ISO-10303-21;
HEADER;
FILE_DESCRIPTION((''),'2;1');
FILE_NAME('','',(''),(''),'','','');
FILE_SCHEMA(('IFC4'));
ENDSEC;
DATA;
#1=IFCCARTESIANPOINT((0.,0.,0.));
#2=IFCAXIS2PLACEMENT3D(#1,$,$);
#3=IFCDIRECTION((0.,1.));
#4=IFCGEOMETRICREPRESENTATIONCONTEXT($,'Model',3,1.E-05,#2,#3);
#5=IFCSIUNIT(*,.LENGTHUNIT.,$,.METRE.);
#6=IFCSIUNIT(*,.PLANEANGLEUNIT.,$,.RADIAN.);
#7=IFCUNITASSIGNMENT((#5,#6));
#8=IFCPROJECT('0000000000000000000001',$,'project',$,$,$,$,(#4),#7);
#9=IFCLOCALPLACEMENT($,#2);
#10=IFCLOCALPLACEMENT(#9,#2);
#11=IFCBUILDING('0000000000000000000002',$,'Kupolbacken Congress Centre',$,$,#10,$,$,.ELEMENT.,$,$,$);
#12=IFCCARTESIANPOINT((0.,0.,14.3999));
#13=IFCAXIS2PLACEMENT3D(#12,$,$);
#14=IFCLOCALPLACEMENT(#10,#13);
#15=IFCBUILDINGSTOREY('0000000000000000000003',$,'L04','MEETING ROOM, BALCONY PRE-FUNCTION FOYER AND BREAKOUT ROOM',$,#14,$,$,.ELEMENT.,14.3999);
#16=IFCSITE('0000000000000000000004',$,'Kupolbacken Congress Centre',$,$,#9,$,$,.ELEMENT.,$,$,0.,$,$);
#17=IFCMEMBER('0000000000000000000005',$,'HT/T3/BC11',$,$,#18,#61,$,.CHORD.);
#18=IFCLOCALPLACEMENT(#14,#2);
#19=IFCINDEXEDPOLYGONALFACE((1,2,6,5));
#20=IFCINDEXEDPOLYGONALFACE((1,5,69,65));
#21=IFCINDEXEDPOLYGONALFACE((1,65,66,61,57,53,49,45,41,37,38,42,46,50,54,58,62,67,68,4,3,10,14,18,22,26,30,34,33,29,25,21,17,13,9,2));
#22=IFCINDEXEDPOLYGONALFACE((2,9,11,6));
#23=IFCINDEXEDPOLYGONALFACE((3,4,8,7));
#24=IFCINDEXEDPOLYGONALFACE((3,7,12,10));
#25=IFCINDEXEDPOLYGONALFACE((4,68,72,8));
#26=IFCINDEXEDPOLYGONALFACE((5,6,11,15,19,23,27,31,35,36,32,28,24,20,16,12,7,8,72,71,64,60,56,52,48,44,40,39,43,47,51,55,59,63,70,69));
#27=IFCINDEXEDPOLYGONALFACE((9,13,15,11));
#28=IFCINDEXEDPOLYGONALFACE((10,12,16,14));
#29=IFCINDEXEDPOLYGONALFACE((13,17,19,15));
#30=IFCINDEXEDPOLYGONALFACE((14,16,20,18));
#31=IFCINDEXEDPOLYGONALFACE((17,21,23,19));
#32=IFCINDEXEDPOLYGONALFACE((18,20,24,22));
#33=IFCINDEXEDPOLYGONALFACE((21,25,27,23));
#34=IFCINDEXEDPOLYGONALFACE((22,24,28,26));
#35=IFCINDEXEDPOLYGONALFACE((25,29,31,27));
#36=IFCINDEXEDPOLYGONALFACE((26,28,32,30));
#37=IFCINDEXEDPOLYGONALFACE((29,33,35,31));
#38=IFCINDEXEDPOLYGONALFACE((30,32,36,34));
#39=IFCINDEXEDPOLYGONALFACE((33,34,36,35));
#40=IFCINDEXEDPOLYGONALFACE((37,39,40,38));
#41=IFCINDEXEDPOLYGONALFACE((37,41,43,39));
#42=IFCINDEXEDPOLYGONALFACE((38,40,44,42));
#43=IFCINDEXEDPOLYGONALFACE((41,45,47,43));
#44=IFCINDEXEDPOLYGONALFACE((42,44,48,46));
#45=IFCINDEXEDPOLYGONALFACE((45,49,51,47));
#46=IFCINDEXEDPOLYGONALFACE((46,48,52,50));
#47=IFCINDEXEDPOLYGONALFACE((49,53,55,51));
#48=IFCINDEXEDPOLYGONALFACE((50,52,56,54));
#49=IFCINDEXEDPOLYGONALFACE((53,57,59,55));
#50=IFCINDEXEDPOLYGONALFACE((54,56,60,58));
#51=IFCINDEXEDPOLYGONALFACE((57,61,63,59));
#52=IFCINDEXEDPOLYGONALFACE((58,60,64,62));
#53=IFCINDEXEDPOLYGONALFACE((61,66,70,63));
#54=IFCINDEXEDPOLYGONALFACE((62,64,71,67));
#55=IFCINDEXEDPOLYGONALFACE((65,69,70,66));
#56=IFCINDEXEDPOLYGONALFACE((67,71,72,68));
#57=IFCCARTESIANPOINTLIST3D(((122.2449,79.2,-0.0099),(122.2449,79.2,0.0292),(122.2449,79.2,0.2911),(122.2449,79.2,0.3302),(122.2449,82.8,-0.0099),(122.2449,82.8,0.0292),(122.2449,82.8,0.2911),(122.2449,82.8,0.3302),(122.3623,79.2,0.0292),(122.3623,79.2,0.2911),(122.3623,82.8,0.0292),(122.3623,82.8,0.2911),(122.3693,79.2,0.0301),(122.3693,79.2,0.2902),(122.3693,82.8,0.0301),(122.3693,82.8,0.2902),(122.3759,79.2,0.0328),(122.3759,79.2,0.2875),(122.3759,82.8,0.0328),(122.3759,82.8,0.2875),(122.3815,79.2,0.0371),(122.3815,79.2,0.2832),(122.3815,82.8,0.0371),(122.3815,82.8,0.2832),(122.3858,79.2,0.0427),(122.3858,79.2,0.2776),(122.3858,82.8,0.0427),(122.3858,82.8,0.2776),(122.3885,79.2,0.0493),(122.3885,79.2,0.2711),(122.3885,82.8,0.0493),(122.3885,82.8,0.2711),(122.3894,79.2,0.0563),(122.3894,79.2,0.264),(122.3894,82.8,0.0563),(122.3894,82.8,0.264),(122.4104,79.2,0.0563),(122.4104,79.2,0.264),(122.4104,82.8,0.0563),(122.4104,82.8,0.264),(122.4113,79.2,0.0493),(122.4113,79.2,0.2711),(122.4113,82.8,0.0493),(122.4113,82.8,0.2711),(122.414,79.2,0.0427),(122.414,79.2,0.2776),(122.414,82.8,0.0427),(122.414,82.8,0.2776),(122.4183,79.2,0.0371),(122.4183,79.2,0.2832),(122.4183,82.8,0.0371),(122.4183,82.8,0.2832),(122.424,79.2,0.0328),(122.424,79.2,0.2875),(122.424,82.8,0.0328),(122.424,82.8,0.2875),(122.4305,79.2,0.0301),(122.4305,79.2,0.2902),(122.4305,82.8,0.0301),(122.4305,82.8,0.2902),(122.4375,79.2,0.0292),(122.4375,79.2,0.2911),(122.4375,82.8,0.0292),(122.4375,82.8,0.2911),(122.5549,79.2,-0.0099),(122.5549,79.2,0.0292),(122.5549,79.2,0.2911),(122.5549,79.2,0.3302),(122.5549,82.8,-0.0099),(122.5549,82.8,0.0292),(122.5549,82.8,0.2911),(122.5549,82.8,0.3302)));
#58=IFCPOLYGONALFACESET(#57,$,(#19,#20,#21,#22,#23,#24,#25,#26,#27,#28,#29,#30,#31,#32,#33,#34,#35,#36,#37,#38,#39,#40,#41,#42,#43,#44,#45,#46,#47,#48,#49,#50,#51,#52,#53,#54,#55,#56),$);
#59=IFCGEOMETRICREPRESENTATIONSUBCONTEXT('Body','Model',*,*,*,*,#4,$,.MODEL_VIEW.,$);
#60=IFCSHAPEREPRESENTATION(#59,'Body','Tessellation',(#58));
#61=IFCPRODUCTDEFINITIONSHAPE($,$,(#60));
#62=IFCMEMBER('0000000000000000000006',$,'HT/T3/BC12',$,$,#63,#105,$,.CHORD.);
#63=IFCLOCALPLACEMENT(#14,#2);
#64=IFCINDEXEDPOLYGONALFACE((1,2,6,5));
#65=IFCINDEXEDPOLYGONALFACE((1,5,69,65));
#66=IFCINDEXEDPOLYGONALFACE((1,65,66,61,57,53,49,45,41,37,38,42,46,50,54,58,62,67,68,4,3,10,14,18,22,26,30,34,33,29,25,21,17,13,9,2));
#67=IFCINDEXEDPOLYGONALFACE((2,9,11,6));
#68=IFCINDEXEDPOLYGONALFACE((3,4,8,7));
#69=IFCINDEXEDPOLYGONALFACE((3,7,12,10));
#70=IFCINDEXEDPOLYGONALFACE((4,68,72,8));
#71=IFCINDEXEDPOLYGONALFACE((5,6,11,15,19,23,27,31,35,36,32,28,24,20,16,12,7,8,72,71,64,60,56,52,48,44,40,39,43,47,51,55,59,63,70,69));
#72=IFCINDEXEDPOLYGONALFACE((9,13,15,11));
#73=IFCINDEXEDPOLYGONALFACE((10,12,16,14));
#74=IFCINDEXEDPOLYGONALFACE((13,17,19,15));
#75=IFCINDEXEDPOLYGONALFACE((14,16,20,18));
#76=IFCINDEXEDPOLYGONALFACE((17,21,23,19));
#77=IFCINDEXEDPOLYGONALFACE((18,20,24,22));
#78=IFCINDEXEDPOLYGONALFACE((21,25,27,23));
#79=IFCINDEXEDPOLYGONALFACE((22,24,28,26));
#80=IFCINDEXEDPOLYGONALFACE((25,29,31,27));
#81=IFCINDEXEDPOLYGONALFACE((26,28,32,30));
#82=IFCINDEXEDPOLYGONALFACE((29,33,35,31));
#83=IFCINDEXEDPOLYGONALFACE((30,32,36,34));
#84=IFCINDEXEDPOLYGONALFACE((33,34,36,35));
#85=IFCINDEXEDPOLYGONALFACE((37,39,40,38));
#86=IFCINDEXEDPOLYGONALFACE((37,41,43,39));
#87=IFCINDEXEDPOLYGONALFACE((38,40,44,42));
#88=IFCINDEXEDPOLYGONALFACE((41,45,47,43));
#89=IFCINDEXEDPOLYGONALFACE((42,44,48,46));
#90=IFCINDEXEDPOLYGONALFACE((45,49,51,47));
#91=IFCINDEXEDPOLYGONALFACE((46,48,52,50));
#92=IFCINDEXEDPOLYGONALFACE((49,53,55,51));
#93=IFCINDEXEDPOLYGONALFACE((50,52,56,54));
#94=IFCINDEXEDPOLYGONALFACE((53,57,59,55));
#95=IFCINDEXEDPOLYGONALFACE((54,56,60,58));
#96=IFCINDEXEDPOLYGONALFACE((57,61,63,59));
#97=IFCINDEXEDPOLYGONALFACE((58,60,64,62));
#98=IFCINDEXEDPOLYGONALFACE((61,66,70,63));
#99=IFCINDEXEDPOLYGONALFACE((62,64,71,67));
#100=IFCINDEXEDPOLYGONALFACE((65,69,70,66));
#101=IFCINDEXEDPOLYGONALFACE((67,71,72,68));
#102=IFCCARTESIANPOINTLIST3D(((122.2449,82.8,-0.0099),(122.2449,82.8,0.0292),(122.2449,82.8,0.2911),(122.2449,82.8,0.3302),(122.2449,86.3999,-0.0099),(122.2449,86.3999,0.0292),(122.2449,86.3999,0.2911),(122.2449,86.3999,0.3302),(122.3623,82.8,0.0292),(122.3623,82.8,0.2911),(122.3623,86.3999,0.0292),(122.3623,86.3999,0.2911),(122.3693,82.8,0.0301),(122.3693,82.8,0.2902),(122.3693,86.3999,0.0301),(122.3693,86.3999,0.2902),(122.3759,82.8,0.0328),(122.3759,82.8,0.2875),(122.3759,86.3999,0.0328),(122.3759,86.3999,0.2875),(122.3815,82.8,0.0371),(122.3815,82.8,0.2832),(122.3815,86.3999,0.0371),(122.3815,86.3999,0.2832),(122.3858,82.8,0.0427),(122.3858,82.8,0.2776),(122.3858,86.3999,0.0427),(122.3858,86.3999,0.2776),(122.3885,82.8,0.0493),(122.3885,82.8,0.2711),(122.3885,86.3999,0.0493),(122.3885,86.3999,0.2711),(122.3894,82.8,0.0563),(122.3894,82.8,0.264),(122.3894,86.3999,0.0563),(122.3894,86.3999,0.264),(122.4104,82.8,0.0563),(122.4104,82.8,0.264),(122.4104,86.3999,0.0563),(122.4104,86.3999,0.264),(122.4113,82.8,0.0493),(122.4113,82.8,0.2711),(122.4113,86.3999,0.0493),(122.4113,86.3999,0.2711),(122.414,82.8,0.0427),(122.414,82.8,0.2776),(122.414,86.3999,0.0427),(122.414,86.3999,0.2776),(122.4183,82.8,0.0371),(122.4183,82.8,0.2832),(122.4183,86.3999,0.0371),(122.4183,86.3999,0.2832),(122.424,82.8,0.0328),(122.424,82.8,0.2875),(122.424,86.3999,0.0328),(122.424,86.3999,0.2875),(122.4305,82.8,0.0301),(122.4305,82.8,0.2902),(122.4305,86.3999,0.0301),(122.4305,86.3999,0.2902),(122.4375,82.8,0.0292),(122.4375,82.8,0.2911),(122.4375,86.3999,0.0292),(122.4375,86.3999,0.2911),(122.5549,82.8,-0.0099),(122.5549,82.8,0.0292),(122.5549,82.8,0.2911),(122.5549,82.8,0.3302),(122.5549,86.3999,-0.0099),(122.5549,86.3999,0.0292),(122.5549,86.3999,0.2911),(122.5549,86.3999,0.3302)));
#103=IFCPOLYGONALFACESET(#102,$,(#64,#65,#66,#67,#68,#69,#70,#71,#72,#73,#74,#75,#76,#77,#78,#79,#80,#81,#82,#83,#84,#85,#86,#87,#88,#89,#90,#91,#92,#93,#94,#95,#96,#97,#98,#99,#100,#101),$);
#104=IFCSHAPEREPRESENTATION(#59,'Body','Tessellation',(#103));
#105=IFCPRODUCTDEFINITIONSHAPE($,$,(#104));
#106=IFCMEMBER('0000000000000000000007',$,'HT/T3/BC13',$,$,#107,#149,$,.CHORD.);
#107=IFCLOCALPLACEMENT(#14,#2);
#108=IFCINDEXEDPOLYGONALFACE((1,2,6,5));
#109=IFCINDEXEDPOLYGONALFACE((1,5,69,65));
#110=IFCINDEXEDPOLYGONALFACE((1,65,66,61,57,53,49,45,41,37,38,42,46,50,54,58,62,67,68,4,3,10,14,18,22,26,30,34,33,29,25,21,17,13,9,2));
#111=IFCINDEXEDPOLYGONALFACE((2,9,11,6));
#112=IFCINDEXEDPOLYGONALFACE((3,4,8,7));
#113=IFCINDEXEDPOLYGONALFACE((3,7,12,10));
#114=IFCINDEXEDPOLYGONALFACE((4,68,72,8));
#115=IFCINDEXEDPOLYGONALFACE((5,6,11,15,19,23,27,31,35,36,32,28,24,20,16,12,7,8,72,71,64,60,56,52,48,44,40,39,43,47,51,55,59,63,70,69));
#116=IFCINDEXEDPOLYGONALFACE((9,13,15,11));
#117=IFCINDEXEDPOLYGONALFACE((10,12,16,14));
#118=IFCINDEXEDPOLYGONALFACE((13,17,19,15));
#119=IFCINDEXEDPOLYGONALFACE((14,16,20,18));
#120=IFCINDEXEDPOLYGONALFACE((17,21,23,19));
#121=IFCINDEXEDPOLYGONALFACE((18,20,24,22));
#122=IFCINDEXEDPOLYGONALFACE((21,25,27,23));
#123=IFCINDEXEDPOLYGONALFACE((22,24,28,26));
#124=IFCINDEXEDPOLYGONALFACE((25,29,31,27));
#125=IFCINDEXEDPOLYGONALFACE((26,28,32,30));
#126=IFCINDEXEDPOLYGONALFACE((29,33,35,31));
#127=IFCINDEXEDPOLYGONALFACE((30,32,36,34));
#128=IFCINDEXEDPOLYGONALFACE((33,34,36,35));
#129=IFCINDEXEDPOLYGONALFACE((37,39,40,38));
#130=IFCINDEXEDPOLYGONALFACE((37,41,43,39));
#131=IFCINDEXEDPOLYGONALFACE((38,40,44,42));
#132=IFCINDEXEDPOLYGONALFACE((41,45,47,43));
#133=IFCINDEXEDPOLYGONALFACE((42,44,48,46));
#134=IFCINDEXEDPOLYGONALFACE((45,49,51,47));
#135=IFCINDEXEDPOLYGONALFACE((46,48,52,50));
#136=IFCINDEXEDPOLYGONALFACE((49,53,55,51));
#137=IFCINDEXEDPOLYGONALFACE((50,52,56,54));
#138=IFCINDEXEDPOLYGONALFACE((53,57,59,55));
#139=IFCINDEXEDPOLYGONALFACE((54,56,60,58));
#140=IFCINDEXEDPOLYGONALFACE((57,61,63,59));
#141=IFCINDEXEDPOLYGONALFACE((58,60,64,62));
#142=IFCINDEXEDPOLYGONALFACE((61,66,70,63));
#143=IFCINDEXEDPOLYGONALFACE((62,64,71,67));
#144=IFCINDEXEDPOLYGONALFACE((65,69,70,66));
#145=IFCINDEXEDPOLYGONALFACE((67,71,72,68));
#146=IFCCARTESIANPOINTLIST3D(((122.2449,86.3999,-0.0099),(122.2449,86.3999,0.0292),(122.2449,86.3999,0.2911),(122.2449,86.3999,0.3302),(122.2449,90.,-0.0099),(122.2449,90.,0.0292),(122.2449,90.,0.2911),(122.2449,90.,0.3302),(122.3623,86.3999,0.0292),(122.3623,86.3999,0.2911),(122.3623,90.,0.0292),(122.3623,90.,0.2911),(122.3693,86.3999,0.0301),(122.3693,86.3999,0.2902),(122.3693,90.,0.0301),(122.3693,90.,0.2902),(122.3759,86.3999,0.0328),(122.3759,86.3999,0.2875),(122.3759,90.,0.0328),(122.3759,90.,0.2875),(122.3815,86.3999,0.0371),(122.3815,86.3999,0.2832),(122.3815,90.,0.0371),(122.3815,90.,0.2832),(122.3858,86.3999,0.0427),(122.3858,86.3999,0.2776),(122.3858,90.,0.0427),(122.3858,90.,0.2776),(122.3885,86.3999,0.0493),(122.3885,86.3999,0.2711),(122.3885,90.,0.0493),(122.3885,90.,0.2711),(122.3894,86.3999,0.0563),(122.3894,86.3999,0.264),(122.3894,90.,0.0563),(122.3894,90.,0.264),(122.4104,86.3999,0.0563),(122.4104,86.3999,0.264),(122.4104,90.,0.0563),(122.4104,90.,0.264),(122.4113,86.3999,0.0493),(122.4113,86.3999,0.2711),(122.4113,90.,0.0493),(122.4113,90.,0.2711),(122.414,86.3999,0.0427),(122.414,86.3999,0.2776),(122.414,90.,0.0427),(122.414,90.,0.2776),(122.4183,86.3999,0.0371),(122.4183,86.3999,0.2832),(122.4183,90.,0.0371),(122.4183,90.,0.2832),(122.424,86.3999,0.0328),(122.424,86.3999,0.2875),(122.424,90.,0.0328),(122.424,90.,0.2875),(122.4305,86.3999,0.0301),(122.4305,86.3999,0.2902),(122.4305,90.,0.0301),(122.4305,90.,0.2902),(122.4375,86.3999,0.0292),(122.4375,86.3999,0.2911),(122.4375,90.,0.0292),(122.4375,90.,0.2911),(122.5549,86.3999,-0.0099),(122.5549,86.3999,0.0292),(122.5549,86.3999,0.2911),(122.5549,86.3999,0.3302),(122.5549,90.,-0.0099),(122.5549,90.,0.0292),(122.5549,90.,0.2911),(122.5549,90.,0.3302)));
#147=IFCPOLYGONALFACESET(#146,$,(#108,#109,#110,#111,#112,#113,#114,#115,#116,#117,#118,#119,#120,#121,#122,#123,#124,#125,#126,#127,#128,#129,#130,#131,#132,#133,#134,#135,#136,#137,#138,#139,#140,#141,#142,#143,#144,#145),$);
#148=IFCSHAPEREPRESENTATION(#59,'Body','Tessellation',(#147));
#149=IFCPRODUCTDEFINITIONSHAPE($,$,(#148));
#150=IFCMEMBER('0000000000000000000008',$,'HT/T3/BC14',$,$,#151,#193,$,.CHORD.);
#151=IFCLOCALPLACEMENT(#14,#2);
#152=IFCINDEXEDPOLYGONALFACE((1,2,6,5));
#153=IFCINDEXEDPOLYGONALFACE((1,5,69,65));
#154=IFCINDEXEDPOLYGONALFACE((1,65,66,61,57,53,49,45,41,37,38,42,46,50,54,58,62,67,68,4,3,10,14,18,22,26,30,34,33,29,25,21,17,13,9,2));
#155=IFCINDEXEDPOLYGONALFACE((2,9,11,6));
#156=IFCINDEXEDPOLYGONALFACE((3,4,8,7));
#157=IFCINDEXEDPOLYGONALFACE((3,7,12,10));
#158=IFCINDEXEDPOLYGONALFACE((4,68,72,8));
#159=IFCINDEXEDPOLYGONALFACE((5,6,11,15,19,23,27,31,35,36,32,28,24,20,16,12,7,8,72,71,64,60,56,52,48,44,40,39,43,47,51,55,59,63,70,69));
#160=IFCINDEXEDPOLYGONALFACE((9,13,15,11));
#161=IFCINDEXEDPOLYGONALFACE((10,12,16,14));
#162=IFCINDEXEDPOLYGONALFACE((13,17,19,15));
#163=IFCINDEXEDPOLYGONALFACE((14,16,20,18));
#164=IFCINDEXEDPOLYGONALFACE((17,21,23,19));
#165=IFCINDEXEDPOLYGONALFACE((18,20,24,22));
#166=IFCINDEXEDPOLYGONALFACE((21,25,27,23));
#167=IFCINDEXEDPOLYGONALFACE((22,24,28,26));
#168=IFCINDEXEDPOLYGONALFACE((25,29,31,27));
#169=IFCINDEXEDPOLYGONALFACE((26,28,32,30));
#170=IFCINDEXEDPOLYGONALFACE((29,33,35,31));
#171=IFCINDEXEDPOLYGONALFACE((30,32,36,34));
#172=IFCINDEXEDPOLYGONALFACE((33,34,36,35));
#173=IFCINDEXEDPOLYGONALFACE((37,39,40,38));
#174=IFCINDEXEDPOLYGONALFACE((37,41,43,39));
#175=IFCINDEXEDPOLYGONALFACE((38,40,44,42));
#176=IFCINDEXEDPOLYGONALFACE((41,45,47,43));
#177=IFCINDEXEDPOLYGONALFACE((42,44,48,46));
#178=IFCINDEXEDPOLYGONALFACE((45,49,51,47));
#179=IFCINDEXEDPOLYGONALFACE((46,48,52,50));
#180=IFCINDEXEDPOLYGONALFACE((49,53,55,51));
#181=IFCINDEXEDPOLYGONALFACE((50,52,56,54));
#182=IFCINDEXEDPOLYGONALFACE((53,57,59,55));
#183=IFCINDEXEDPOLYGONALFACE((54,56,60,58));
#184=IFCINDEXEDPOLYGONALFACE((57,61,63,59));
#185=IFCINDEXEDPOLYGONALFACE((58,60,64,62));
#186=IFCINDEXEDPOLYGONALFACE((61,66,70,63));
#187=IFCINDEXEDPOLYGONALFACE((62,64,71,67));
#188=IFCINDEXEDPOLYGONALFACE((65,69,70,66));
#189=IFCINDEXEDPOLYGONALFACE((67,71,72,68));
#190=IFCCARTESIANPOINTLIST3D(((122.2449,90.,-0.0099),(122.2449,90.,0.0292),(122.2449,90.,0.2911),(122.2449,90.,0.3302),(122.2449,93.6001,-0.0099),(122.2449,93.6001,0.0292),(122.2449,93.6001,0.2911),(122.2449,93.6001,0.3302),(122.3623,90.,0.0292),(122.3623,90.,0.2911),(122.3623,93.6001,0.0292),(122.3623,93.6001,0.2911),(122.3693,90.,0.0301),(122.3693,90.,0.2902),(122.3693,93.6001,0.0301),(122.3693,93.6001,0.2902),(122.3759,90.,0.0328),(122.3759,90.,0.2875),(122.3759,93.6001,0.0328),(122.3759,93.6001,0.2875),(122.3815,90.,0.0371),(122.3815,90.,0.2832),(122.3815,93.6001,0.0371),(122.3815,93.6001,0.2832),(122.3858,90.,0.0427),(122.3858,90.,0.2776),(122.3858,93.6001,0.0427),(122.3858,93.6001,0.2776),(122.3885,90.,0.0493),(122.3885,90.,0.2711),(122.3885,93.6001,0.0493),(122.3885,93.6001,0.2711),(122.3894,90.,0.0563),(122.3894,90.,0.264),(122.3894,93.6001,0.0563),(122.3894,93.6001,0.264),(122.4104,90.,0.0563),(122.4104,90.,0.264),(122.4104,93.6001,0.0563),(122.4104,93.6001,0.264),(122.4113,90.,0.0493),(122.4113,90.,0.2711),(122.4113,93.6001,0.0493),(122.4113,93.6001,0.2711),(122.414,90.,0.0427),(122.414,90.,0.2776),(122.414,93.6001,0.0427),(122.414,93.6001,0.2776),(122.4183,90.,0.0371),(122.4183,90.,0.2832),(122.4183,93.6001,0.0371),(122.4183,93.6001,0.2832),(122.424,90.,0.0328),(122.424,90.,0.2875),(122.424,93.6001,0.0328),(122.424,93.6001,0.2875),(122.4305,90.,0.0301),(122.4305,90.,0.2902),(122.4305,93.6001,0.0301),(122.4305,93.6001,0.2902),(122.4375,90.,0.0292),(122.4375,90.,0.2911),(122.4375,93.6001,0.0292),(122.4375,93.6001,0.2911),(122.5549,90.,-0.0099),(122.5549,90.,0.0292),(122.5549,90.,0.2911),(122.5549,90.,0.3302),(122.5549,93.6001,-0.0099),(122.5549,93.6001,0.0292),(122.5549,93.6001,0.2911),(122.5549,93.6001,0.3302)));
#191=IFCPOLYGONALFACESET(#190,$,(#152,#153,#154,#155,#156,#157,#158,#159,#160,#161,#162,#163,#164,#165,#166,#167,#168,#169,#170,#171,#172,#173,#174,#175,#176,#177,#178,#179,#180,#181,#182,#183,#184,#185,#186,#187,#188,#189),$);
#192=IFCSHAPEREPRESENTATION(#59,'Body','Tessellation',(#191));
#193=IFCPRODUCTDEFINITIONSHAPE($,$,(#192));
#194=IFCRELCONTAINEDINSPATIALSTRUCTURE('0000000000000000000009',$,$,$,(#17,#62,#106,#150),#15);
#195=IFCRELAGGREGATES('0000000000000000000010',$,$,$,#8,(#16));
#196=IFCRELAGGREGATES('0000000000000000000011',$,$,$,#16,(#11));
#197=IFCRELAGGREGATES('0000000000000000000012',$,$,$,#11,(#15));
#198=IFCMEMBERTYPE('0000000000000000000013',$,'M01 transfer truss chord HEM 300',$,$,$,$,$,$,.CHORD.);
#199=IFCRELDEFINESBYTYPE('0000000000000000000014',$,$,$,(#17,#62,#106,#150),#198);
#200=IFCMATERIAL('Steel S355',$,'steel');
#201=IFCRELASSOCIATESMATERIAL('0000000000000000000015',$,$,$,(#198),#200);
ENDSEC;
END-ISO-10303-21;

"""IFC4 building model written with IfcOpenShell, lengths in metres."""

from ifc_helpers import new_model, si_unit, direction, frame, origin, origin_2d, place, context, subcontext, project, spatial, i_section, extrude, material, material_profile, profile_set, type_object, element, save


model = new_model("IFC4")

# Units and contexts
model_context = context("Model", 3, precision=1e-05, world=origin(), true_north=direction((0.0, 1.0)))
body_context = subcontext(model_context, "Body", "Model", "MODEL_VIEW")
ifc_project = project(units=[si_unit("LENGTHUNIT", "METRE"), si_unit("PLANEANGLEUNIT", "RADIAN")], contexts=[model_context])

# Site, building, storey
site_placement = place(None, origin())
site = spatial("IfcSite", under=ifc_project, at=site_placement, Name="Kupolbacken Congress Centre", CompositionType="ELEMENT", RefElevation=0.0)
building_placement = place(site_placement, origin())
building = spatial("IfcBuilding", under=site, at=building_placement, Name="Kupolbacken Congress Centre", CompositionType="ELEMENT")
storey_placement = place(building_placement, frame((0.0, 0.0, 14.3999)))
storey = spatial("IfcBuildingStorey", under=building, at=storey_placement, Name="L04", Description="MEETING ROOM, BALCONY PRE-FUNCTION FOYER AND BREAKOUT ROOM", CompositionType="ELEMENT", Elevation=14.3999)

# Members
ifc_material_1 = material(Name="Steel S355", Category="steel")
ifc_material_profile_1 = material_profile(ifc_material_1, i_section(OverallWidth=0.3101, OverallDepth=0.3401, WebThickness=0.021, FlangeThickness=0.0391, FilletRadius=0.0271, at=origin_2d()), Name="HEM 300")
ifc_profile_set_1 = profile_set([ifc_material_profile_1], Name="Steel S355")
member_type_1 = type_object("IfcMemberType", Name="M01 transfer truss chord HEM 300", PredefinedType="CHORD", material=ifc_profile_set_1)
for number, where, z_axis, x_axis, name in (
    (1, (122.3999, 79.2, 0.1602), (0.0, 1.0, 0.0), (-1.0, 0.0, 0.0), "HT/T3/BC11"),
):
    element("IfcMember", number, at=place(storey_placement, frame(where, z_axis=z_axis, x_axis=x_axis)), inside=storey, type_object=member_type_1, Name=name, PredefinedType="CHORD", context=body_context, shape_type="SweptSolid", body=[
        extrude(i_section(OverallWidth=0.3101, OverallDepth=0.3401, WebThickness=0.021, FlangeThickness=0.0391, FilletRadius=0.0271, at=origin_2d()), origin(), (0.0, 0.0, 1.0), 3.6001),
    ])
member_1_placement = place(storey_placement, frame((122.3999, 82.8, 0.1602), z_axis=(0.0, 1.0, 0.0), x_axis=(-1.0, 0.0, 0.0)))
element("IfcMember", 2, at=member_1_placement, inside=storey, type_object=member_type_1, Name="HT/T3/BC12", PredefinedType="CHORD", context=body_context, shape_type="SweptSolid", body=[
    extrude(i_section(OverallWidth=0.3101, OverallDepth=0.3401, WebThickness=0.021, FlangeThickness=0.0391, FilletRadius=0.0271, at=origin_2d()), origin(), (0.0, 0.0, 1.0), 3.5999),
])
for number, where, z_axis, x_axis, name in (
    (3, (122.3999, 86.3999, 0.1602), (0.0, 1.0, 0.0), (-1.0, 0.0, 0.0), "HT/T3/BC13"),
    (4, (122.3999, 90.0, 0.1602), (0.0, 1.0, 0.0), (-1.0, 0.0, 0.0), "HT/T3/BC14"),
):
    element("IfcMember", number, at=place(storey_placement, frame(where, z_axis=z_axis, x_axis=x_axis)), inside=storey, type_object=member_type_1, Name=name, PredefinedType="CHORD", context=body_context, shape_type="SweptSolid", body=[
        extrude(i_section(OverallWidth=0.3101, OverallDepth=0.3401, WebThickness=0.021, FlangeThickness=0.0391, FilletRadius=0.0271, at=origin_2d()), origin(), (0.0, 0.0, 1.0), 3.6001),
    ])

save(model, "model.ifc")
